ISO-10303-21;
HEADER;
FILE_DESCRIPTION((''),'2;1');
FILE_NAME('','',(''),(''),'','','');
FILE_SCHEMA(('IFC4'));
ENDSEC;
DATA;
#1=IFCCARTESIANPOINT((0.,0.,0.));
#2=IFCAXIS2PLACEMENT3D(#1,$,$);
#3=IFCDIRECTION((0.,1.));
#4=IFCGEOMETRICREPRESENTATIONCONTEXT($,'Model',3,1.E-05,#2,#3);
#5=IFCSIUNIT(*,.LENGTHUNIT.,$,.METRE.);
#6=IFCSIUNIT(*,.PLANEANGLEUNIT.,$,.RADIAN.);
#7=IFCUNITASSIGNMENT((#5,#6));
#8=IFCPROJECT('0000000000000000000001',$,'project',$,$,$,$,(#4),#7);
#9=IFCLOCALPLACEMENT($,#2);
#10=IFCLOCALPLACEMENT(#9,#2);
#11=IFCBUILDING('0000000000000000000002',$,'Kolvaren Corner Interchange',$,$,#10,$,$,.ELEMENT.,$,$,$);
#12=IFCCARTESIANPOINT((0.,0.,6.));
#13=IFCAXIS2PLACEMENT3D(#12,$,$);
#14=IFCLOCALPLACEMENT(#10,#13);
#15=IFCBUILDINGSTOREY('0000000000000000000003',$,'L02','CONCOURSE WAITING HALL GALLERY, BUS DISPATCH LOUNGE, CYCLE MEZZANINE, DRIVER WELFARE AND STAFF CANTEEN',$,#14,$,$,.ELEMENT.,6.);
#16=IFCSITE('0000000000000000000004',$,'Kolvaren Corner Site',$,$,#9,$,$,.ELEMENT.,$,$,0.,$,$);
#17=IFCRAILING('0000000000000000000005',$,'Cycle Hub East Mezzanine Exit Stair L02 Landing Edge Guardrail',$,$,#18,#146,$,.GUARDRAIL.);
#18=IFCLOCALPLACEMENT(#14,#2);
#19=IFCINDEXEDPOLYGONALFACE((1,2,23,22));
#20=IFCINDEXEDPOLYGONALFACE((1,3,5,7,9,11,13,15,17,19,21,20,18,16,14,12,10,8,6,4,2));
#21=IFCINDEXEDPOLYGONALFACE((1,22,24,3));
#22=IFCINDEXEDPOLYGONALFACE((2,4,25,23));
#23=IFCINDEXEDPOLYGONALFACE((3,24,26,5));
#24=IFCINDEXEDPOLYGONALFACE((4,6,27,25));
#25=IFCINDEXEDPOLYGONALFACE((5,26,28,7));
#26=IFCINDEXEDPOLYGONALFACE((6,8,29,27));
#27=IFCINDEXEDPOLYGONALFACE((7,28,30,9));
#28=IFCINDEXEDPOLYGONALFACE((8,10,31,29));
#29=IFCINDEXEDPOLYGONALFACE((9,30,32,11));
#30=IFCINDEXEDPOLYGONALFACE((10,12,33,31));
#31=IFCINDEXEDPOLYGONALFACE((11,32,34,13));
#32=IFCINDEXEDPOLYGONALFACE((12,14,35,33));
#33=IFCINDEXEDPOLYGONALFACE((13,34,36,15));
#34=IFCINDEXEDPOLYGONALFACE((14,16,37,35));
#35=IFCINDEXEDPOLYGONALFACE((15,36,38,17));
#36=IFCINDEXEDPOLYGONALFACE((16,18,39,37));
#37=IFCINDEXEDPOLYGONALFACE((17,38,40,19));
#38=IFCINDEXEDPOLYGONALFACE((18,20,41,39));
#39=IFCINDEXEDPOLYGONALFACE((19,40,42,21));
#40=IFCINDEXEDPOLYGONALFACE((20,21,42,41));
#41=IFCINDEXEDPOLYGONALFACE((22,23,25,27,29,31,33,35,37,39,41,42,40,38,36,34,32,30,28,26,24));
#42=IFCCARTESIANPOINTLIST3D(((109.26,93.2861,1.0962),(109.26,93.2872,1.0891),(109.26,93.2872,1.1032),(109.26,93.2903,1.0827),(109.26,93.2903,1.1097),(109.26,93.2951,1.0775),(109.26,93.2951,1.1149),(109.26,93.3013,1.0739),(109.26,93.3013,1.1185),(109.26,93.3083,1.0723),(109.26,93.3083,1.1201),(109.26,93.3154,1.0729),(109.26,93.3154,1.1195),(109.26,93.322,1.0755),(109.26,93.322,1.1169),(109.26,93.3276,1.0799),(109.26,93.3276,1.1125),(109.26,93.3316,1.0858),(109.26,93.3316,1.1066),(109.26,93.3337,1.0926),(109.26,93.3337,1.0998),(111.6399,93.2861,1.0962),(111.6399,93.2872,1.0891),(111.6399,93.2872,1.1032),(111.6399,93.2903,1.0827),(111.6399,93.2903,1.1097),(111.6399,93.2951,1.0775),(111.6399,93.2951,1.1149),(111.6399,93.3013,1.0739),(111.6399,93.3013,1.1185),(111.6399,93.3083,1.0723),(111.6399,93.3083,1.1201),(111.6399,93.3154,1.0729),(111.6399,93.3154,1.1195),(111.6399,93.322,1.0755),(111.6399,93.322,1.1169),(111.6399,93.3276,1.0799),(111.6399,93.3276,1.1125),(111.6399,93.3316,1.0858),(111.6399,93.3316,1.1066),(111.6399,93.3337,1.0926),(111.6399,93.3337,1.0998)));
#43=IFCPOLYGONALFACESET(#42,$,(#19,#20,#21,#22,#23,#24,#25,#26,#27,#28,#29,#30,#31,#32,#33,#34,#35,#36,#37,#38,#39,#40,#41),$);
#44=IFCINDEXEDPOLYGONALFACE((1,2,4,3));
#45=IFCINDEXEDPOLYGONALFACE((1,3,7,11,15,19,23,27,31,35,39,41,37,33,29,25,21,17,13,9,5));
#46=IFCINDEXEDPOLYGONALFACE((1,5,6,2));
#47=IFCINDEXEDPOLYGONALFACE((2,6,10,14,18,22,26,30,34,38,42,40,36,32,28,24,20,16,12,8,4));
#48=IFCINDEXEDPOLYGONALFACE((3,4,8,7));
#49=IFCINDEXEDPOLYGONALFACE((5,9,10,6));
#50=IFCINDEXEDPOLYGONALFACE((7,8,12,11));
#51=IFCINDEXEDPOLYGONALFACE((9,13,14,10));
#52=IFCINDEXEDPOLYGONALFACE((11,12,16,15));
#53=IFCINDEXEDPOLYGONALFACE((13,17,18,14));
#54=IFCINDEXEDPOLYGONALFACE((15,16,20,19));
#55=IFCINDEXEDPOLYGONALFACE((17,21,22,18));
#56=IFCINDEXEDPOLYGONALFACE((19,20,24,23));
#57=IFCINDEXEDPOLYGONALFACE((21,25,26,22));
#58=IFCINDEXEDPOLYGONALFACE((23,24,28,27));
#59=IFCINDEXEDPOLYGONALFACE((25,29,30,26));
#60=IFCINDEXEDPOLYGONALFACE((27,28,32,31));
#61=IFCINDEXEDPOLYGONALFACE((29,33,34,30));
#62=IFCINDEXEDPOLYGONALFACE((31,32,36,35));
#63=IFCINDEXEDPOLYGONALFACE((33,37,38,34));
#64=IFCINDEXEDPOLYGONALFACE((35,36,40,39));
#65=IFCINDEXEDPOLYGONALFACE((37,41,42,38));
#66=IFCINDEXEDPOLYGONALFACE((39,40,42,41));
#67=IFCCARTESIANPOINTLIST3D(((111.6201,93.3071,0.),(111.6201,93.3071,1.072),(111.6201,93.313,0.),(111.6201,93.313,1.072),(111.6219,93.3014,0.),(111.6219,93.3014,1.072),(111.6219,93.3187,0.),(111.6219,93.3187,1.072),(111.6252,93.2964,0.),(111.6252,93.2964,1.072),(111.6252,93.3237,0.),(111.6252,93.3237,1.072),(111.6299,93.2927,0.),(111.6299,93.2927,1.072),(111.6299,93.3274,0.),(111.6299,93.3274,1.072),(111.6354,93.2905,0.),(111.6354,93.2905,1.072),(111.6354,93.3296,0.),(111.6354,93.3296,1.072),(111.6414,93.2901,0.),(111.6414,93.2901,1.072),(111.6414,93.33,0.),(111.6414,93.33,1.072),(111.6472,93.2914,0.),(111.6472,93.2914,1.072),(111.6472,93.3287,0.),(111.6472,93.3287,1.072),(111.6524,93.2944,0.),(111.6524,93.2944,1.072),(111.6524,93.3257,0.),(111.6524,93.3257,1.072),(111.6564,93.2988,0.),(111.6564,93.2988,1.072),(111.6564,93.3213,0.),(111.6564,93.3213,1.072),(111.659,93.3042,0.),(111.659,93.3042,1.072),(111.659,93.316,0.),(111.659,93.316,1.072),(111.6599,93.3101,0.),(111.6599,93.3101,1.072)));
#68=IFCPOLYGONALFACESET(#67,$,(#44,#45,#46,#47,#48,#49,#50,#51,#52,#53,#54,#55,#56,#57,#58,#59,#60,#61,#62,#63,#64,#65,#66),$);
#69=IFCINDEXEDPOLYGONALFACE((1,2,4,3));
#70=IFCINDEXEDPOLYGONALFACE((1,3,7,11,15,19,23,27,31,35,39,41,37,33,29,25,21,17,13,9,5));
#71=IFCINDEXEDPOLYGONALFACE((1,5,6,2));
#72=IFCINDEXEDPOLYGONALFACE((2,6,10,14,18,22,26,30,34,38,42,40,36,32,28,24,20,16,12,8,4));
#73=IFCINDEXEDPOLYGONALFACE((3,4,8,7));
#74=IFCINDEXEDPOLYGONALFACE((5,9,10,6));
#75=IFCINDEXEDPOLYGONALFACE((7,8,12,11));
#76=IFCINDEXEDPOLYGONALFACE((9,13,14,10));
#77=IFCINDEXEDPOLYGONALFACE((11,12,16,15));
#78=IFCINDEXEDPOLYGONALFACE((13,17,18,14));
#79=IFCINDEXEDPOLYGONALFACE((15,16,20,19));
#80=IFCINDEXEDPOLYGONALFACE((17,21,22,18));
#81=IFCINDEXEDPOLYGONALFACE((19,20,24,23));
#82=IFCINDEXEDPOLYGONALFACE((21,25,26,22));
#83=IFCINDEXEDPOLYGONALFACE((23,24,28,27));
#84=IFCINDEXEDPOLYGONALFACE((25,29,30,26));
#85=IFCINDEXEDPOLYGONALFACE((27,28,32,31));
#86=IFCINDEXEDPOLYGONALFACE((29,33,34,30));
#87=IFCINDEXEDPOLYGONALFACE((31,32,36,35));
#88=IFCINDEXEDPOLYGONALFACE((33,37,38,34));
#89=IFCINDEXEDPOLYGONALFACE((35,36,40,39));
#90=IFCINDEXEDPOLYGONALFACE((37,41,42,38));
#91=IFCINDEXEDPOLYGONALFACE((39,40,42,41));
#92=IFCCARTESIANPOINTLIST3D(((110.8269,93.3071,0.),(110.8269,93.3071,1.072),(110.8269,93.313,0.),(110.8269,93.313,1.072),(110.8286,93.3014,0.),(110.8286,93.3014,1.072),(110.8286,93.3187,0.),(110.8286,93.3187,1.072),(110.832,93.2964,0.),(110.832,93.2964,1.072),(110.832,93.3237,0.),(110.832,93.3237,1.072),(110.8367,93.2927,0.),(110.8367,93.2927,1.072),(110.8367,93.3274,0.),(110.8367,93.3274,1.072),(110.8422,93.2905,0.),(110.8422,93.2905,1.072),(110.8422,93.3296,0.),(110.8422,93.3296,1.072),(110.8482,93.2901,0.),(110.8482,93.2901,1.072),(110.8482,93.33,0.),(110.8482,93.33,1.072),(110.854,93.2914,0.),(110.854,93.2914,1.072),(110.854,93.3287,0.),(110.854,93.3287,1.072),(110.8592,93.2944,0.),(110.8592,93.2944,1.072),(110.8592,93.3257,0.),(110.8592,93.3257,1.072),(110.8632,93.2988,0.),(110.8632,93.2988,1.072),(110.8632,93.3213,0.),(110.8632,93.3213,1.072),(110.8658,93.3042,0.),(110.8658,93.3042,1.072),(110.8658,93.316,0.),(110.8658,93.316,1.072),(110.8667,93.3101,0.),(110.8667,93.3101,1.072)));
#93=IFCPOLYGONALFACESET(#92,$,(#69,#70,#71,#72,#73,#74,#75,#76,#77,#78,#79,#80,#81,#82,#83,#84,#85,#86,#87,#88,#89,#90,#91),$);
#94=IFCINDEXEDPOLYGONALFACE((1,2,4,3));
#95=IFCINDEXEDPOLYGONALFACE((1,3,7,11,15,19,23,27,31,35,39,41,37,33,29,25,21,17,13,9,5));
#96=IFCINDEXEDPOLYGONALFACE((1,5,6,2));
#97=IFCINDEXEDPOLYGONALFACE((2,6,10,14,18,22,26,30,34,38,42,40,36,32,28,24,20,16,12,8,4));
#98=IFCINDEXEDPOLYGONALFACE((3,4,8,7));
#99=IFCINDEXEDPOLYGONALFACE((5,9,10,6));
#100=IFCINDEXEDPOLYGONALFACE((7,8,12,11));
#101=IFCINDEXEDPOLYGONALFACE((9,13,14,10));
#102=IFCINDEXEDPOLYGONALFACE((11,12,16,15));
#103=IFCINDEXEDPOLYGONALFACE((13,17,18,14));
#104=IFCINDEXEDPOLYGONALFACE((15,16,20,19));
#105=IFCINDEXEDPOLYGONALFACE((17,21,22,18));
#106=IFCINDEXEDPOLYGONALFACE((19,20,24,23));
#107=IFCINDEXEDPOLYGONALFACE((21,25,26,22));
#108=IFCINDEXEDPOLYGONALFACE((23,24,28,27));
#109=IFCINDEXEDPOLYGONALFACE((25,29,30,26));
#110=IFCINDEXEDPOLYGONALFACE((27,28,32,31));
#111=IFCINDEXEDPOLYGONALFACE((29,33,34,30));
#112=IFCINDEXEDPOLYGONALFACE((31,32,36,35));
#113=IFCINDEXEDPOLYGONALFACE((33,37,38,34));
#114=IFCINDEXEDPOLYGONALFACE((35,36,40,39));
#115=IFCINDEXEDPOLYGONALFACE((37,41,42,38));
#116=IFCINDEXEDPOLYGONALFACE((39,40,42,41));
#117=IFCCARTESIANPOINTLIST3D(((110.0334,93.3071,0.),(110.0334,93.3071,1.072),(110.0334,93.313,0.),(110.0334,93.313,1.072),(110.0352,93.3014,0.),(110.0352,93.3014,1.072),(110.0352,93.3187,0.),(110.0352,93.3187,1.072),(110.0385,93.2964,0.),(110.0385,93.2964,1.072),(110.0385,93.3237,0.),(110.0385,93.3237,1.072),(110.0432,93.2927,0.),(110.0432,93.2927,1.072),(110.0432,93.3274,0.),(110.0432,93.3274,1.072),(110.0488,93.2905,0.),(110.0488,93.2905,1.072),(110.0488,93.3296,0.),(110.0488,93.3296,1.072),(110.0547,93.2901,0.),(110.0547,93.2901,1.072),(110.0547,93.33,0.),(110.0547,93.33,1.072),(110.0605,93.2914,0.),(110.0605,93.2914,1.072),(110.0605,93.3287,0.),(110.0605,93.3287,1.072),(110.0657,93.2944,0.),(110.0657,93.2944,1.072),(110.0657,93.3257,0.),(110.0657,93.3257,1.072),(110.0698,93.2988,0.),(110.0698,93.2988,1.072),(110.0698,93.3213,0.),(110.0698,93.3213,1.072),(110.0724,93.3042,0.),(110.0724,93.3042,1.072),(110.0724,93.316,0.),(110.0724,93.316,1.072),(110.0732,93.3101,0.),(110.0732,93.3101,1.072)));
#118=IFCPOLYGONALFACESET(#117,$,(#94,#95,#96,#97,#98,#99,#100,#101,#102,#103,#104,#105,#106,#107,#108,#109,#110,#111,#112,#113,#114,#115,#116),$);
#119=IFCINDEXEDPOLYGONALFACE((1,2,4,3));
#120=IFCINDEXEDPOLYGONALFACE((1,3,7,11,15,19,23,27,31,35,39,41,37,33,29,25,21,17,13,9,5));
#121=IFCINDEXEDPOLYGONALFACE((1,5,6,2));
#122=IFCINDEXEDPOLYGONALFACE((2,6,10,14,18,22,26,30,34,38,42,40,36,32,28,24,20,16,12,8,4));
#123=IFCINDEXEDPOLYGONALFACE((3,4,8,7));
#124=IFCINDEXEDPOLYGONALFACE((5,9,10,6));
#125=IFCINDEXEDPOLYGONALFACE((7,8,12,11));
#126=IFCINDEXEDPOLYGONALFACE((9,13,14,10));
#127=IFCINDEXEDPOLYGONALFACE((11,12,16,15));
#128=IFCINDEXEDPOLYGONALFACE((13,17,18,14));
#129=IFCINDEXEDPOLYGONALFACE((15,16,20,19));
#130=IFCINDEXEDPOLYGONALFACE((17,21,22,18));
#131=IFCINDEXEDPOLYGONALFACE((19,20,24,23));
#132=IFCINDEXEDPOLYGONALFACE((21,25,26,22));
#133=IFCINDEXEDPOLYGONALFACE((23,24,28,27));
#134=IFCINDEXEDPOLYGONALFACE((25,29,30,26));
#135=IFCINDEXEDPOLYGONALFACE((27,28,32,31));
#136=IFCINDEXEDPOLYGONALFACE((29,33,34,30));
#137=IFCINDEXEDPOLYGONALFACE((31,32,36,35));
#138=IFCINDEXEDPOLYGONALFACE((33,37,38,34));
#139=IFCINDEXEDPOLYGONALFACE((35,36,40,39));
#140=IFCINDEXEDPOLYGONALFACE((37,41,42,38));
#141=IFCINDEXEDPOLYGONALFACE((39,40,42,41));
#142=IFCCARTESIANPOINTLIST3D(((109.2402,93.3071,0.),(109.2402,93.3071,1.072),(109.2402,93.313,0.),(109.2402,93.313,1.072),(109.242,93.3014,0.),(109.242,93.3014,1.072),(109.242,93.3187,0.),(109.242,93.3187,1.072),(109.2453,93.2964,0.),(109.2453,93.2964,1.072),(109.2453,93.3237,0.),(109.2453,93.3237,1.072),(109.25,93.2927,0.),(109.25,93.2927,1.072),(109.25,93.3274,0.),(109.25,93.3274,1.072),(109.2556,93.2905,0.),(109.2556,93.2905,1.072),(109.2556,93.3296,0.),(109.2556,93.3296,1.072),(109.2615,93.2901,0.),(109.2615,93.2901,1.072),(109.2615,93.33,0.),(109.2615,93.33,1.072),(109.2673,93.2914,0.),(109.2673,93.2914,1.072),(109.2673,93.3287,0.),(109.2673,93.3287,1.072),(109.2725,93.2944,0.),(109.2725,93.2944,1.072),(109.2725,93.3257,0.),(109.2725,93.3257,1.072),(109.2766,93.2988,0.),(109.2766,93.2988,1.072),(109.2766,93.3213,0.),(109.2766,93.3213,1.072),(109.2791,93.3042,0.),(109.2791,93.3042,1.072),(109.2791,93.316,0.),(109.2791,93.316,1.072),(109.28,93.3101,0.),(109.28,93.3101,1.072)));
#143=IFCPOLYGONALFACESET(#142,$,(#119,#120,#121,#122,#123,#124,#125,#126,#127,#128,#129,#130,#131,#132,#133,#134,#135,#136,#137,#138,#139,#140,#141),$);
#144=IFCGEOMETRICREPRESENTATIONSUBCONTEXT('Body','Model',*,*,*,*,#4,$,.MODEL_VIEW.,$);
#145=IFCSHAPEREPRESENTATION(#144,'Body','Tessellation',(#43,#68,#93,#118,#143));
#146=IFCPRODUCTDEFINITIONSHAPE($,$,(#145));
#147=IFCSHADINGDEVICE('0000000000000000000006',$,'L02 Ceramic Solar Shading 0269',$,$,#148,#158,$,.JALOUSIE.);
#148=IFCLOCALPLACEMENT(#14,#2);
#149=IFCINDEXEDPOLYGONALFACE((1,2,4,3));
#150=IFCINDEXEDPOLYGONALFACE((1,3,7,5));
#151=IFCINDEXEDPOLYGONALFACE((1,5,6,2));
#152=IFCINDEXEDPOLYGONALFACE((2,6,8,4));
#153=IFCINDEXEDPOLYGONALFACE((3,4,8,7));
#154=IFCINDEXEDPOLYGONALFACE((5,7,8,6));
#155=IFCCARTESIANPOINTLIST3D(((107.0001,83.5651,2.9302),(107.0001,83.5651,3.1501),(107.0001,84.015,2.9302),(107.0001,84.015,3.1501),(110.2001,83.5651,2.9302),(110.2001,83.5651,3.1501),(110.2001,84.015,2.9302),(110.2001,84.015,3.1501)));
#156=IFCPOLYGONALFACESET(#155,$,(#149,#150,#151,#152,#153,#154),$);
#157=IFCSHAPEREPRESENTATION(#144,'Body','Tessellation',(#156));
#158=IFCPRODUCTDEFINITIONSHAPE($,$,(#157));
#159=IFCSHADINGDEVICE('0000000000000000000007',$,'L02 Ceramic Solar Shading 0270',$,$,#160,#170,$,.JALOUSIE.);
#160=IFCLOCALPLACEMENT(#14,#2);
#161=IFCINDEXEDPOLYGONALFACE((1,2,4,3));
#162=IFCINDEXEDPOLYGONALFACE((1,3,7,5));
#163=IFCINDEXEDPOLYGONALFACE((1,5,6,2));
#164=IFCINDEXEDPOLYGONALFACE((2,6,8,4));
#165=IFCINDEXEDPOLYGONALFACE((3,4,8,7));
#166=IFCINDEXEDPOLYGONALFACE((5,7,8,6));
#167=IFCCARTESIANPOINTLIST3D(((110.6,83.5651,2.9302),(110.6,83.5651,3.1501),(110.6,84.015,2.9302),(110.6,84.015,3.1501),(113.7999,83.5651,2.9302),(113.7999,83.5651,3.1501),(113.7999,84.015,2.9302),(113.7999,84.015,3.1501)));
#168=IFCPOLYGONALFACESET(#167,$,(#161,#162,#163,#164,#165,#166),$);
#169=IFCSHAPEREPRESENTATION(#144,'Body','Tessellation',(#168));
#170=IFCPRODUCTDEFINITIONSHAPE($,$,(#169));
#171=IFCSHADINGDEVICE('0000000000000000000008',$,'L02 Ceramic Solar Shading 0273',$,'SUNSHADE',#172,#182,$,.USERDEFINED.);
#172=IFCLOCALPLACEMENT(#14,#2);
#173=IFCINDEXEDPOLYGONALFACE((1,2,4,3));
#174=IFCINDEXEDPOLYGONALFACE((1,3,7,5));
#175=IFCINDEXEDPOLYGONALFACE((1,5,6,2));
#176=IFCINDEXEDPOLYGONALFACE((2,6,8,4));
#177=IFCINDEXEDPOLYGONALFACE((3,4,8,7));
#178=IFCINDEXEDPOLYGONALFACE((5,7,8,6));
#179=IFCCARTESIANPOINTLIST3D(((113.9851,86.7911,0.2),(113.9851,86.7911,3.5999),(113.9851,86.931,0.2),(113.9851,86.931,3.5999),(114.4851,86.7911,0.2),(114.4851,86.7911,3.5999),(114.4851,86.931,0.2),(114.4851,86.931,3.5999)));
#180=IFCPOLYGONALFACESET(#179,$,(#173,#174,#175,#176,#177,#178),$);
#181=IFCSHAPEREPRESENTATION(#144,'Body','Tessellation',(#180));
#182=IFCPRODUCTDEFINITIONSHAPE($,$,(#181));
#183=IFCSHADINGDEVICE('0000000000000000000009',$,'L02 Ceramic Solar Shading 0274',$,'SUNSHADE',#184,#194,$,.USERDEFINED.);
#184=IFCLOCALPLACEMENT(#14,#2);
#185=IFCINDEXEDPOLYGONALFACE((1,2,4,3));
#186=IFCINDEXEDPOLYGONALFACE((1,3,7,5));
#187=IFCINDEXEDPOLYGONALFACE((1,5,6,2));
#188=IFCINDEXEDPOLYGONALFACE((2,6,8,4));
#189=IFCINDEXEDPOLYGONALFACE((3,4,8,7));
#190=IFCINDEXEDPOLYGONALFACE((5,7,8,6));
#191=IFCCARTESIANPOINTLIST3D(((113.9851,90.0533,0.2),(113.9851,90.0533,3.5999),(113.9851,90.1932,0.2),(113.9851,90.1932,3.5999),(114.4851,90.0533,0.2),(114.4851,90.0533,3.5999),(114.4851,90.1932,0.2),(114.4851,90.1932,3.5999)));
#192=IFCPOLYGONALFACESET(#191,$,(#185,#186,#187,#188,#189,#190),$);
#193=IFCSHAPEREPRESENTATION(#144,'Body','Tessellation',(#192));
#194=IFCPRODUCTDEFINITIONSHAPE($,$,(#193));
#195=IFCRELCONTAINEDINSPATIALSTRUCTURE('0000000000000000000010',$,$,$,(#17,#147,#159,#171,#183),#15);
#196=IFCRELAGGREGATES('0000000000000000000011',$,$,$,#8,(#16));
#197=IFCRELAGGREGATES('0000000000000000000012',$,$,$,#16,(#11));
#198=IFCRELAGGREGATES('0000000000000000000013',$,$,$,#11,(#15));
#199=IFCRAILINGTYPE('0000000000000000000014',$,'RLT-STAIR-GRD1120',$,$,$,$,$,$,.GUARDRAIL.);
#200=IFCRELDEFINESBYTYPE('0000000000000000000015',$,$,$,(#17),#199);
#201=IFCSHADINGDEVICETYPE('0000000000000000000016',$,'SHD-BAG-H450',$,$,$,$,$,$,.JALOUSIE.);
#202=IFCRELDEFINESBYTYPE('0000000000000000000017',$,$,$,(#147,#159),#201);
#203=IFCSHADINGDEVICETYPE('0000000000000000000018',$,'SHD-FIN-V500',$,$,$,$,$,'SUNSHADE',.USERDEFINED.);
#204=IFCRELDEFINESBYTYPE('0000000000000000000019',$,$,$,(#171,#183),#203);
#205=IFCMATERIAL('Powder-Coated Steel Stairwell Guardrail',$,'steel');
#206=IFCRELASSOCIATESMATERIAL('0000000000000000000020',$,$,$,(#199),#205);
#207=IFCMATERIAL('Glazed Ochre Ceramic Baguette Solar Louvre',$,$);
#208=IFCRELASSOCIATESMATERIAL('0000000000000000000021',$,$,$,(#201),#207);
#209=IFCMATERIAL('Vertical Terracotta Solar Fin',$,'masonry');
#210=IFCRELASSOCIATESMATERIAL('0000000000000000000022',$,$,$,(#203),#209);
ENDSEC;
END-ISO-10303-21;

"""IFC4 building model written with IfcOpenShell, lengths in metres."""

from ifc_helpers import new_model, si_unit, direction, frame, origin, origin_2d, place, context, subcontext, project, spatial, rectangle, circle, extrude, material, type_object, element, save


model = new_model("IFC4")

# Units and contexts
model_context = context("Model", 3, precision=1e-05, world=origin(), true_north=direction((0.0, 1.0)))
body_context = subcontext(model_context, "Body", "Model", "MODEL_VIEW")
ifc_project = project(units=[si_unit("LENGTHUNIT", "METRE"), si_unit("PLANEANGLEUNIT", "RADIAN")], contexts=[model_context])

# Site, building, storey
site_placement = place(None, origin())
site = spatial("IfcSite", under=ifc_project, at=site_placement, Name="Kolvaren Corner Site", CompositionType="ELEMENT", RefElevation=0.0)
building_placement = place(site_placement, origin())
building = spatial("IfcBuilding", under=site, at=building_placement, Name="Kolvaren Corner Interchange", CompositionType="ELEMENT")
storey_placement = place(building_placement, frame((0.0, 0.0, 6.0)))
storey = spatial("IfcBuildingStorey", under=building, at=storey_placement, Name="L02", Description="CONCOURSE WAITING HALL GALLERY, BUS DISPATCH LOUNGE, CYCLE MEZZANINE, DRIVER WELFARE AND STAFF CANTEEN", CompositionType="ELEMENT", Elevation=6.0)

# Railing
ifc_material_1 = material(Name="Powder-Coated Steel Stairwell Guardrail", Category="steel")
railing_type = type_object("IfcRailingType", Name="RLT-STAIR-GRD1120", PredefinedType="GUARDRAIL", material=ifc_material_1)
railing_placement = place(storey_placement, frame((111.6399, 93.3101, 0.0)))
element("IfcRailing", 1, at=railing_placement, inside=storey, type_object=railing_type, Name="Cycle Hub East Mezzanine Exit Stair L02 Landing Edge Guardrail", PredefinedType="GUARDRAIL", context=body_context, shape_type="SweptSolid", body=[
    extrude(circle(Radius=0.0239, at=origin_2d()), frame((0.0, 0.0, 1.0962), z_axis=(-1.0, 0.0, 0.0), x_axis=(0.0, -1.0, 0.0)), (0.0, 0.0, 1.0), 2.3799),
    extrude(circle(Radius=0.02, at=origin_2d()), origin(), (0.0, 0.0, 1.0), 1.072),
    extrude(circle(Radius=0.02, at=origin_2d()), frame((-0.7932, 0.0, 0.0)), (0.0, 0.0, 1.0), 1.072),
    extrude(circle(Radius=0.02, at=origin_2d()), frame((-1.5867, 0.0, 0.0)), (0.0, 0.0, 1.0), 1.072),
    extrude(circle(Radius=0.02, at=origin_2d()), frame((-2.3799, 0.0, 0.0)), (0.0, 0.0, 1.0), 1.072),
])

# Shading devices
ifc_material_2 = material(Name="Glazed Ochre Ceramic Baguette Solar Louvre")
shading_device_type_1 = type_object("IfcShadingDeviceType", Name="SHD-BAG-H450", PredefinedType="JALOUSIE", material=ifc_material_2)
for number, where, z_axis, x_axis, name in (
    (2, (108.6001, 83.79, 2.9302), (0.0, 0.0, 1.0), (1.0, 0.0, 0.0), "L02 Ceramic Solar Shading 0269"),
    (3, (112.2, 83.79, 2.9302), (0.0, 0.0, 1.0), (1.0, 0.0, 0.0), "L02 Ceramic Solar Shading 0270"),
):
    element("IfcShadingDevice", number, at=place(storey_placement, frame(where, z_axis=z_axis, x_axis=x_axis)), inside=storey, type_object=shading_device_type_1, Name=name, PredefinedType="JALOUSIE", context=body_context, shape_type="SweptSolid", body=[
        extrude(rectangle(XDim=3.2, YDim=0.45, at=origin_2d()), origin(), (0.0, 0.0, 1.0), 0.22),
    ])
ifc_material_3 = material(Name="Vertical Terracotta Solar Fin", Category="masonry")
shading_device_type_2 = type_object("IfcShadingDeviceType", Name="SHD-FIN-V500", ElementType="SUNSHADE", PredefinedType="USERDEFINED", material=ifc_material_3)
for number, where, z_axis, x_axis, name in (
    (4, (114.2351, 86.8611, 0.2), (0.0, 0.0, 1.0), (0.0, 1.0, 0.0), "L02 Ceramic Solar Shading 0273"),
    (5, (114.2351, 90.1233, 0.2), (0.0, 0.0, 1.0), (0.0, 1.0, 0.0), "L02 Ceramic Solar Shading 0274"),
):
    element("IfcShadingDevice", number, at=place(storey_placement, frame(where, z_axis=z_axis, x_axis=x_axis)), inside=storey, type_object=shading_device_type_2, Name=name, ObjectType="SUNSHADE", PredefinedType="USERDEFINED", context=body_context, shape_type="SweptSolid", body=[
        extrude(rectangle(XDim=0.1399, YDim=0.5, at=origin_2d()), origin(), (0.0, 0.0, 1.0), 3.3999),
    ])

save(model, "model.ifc")
